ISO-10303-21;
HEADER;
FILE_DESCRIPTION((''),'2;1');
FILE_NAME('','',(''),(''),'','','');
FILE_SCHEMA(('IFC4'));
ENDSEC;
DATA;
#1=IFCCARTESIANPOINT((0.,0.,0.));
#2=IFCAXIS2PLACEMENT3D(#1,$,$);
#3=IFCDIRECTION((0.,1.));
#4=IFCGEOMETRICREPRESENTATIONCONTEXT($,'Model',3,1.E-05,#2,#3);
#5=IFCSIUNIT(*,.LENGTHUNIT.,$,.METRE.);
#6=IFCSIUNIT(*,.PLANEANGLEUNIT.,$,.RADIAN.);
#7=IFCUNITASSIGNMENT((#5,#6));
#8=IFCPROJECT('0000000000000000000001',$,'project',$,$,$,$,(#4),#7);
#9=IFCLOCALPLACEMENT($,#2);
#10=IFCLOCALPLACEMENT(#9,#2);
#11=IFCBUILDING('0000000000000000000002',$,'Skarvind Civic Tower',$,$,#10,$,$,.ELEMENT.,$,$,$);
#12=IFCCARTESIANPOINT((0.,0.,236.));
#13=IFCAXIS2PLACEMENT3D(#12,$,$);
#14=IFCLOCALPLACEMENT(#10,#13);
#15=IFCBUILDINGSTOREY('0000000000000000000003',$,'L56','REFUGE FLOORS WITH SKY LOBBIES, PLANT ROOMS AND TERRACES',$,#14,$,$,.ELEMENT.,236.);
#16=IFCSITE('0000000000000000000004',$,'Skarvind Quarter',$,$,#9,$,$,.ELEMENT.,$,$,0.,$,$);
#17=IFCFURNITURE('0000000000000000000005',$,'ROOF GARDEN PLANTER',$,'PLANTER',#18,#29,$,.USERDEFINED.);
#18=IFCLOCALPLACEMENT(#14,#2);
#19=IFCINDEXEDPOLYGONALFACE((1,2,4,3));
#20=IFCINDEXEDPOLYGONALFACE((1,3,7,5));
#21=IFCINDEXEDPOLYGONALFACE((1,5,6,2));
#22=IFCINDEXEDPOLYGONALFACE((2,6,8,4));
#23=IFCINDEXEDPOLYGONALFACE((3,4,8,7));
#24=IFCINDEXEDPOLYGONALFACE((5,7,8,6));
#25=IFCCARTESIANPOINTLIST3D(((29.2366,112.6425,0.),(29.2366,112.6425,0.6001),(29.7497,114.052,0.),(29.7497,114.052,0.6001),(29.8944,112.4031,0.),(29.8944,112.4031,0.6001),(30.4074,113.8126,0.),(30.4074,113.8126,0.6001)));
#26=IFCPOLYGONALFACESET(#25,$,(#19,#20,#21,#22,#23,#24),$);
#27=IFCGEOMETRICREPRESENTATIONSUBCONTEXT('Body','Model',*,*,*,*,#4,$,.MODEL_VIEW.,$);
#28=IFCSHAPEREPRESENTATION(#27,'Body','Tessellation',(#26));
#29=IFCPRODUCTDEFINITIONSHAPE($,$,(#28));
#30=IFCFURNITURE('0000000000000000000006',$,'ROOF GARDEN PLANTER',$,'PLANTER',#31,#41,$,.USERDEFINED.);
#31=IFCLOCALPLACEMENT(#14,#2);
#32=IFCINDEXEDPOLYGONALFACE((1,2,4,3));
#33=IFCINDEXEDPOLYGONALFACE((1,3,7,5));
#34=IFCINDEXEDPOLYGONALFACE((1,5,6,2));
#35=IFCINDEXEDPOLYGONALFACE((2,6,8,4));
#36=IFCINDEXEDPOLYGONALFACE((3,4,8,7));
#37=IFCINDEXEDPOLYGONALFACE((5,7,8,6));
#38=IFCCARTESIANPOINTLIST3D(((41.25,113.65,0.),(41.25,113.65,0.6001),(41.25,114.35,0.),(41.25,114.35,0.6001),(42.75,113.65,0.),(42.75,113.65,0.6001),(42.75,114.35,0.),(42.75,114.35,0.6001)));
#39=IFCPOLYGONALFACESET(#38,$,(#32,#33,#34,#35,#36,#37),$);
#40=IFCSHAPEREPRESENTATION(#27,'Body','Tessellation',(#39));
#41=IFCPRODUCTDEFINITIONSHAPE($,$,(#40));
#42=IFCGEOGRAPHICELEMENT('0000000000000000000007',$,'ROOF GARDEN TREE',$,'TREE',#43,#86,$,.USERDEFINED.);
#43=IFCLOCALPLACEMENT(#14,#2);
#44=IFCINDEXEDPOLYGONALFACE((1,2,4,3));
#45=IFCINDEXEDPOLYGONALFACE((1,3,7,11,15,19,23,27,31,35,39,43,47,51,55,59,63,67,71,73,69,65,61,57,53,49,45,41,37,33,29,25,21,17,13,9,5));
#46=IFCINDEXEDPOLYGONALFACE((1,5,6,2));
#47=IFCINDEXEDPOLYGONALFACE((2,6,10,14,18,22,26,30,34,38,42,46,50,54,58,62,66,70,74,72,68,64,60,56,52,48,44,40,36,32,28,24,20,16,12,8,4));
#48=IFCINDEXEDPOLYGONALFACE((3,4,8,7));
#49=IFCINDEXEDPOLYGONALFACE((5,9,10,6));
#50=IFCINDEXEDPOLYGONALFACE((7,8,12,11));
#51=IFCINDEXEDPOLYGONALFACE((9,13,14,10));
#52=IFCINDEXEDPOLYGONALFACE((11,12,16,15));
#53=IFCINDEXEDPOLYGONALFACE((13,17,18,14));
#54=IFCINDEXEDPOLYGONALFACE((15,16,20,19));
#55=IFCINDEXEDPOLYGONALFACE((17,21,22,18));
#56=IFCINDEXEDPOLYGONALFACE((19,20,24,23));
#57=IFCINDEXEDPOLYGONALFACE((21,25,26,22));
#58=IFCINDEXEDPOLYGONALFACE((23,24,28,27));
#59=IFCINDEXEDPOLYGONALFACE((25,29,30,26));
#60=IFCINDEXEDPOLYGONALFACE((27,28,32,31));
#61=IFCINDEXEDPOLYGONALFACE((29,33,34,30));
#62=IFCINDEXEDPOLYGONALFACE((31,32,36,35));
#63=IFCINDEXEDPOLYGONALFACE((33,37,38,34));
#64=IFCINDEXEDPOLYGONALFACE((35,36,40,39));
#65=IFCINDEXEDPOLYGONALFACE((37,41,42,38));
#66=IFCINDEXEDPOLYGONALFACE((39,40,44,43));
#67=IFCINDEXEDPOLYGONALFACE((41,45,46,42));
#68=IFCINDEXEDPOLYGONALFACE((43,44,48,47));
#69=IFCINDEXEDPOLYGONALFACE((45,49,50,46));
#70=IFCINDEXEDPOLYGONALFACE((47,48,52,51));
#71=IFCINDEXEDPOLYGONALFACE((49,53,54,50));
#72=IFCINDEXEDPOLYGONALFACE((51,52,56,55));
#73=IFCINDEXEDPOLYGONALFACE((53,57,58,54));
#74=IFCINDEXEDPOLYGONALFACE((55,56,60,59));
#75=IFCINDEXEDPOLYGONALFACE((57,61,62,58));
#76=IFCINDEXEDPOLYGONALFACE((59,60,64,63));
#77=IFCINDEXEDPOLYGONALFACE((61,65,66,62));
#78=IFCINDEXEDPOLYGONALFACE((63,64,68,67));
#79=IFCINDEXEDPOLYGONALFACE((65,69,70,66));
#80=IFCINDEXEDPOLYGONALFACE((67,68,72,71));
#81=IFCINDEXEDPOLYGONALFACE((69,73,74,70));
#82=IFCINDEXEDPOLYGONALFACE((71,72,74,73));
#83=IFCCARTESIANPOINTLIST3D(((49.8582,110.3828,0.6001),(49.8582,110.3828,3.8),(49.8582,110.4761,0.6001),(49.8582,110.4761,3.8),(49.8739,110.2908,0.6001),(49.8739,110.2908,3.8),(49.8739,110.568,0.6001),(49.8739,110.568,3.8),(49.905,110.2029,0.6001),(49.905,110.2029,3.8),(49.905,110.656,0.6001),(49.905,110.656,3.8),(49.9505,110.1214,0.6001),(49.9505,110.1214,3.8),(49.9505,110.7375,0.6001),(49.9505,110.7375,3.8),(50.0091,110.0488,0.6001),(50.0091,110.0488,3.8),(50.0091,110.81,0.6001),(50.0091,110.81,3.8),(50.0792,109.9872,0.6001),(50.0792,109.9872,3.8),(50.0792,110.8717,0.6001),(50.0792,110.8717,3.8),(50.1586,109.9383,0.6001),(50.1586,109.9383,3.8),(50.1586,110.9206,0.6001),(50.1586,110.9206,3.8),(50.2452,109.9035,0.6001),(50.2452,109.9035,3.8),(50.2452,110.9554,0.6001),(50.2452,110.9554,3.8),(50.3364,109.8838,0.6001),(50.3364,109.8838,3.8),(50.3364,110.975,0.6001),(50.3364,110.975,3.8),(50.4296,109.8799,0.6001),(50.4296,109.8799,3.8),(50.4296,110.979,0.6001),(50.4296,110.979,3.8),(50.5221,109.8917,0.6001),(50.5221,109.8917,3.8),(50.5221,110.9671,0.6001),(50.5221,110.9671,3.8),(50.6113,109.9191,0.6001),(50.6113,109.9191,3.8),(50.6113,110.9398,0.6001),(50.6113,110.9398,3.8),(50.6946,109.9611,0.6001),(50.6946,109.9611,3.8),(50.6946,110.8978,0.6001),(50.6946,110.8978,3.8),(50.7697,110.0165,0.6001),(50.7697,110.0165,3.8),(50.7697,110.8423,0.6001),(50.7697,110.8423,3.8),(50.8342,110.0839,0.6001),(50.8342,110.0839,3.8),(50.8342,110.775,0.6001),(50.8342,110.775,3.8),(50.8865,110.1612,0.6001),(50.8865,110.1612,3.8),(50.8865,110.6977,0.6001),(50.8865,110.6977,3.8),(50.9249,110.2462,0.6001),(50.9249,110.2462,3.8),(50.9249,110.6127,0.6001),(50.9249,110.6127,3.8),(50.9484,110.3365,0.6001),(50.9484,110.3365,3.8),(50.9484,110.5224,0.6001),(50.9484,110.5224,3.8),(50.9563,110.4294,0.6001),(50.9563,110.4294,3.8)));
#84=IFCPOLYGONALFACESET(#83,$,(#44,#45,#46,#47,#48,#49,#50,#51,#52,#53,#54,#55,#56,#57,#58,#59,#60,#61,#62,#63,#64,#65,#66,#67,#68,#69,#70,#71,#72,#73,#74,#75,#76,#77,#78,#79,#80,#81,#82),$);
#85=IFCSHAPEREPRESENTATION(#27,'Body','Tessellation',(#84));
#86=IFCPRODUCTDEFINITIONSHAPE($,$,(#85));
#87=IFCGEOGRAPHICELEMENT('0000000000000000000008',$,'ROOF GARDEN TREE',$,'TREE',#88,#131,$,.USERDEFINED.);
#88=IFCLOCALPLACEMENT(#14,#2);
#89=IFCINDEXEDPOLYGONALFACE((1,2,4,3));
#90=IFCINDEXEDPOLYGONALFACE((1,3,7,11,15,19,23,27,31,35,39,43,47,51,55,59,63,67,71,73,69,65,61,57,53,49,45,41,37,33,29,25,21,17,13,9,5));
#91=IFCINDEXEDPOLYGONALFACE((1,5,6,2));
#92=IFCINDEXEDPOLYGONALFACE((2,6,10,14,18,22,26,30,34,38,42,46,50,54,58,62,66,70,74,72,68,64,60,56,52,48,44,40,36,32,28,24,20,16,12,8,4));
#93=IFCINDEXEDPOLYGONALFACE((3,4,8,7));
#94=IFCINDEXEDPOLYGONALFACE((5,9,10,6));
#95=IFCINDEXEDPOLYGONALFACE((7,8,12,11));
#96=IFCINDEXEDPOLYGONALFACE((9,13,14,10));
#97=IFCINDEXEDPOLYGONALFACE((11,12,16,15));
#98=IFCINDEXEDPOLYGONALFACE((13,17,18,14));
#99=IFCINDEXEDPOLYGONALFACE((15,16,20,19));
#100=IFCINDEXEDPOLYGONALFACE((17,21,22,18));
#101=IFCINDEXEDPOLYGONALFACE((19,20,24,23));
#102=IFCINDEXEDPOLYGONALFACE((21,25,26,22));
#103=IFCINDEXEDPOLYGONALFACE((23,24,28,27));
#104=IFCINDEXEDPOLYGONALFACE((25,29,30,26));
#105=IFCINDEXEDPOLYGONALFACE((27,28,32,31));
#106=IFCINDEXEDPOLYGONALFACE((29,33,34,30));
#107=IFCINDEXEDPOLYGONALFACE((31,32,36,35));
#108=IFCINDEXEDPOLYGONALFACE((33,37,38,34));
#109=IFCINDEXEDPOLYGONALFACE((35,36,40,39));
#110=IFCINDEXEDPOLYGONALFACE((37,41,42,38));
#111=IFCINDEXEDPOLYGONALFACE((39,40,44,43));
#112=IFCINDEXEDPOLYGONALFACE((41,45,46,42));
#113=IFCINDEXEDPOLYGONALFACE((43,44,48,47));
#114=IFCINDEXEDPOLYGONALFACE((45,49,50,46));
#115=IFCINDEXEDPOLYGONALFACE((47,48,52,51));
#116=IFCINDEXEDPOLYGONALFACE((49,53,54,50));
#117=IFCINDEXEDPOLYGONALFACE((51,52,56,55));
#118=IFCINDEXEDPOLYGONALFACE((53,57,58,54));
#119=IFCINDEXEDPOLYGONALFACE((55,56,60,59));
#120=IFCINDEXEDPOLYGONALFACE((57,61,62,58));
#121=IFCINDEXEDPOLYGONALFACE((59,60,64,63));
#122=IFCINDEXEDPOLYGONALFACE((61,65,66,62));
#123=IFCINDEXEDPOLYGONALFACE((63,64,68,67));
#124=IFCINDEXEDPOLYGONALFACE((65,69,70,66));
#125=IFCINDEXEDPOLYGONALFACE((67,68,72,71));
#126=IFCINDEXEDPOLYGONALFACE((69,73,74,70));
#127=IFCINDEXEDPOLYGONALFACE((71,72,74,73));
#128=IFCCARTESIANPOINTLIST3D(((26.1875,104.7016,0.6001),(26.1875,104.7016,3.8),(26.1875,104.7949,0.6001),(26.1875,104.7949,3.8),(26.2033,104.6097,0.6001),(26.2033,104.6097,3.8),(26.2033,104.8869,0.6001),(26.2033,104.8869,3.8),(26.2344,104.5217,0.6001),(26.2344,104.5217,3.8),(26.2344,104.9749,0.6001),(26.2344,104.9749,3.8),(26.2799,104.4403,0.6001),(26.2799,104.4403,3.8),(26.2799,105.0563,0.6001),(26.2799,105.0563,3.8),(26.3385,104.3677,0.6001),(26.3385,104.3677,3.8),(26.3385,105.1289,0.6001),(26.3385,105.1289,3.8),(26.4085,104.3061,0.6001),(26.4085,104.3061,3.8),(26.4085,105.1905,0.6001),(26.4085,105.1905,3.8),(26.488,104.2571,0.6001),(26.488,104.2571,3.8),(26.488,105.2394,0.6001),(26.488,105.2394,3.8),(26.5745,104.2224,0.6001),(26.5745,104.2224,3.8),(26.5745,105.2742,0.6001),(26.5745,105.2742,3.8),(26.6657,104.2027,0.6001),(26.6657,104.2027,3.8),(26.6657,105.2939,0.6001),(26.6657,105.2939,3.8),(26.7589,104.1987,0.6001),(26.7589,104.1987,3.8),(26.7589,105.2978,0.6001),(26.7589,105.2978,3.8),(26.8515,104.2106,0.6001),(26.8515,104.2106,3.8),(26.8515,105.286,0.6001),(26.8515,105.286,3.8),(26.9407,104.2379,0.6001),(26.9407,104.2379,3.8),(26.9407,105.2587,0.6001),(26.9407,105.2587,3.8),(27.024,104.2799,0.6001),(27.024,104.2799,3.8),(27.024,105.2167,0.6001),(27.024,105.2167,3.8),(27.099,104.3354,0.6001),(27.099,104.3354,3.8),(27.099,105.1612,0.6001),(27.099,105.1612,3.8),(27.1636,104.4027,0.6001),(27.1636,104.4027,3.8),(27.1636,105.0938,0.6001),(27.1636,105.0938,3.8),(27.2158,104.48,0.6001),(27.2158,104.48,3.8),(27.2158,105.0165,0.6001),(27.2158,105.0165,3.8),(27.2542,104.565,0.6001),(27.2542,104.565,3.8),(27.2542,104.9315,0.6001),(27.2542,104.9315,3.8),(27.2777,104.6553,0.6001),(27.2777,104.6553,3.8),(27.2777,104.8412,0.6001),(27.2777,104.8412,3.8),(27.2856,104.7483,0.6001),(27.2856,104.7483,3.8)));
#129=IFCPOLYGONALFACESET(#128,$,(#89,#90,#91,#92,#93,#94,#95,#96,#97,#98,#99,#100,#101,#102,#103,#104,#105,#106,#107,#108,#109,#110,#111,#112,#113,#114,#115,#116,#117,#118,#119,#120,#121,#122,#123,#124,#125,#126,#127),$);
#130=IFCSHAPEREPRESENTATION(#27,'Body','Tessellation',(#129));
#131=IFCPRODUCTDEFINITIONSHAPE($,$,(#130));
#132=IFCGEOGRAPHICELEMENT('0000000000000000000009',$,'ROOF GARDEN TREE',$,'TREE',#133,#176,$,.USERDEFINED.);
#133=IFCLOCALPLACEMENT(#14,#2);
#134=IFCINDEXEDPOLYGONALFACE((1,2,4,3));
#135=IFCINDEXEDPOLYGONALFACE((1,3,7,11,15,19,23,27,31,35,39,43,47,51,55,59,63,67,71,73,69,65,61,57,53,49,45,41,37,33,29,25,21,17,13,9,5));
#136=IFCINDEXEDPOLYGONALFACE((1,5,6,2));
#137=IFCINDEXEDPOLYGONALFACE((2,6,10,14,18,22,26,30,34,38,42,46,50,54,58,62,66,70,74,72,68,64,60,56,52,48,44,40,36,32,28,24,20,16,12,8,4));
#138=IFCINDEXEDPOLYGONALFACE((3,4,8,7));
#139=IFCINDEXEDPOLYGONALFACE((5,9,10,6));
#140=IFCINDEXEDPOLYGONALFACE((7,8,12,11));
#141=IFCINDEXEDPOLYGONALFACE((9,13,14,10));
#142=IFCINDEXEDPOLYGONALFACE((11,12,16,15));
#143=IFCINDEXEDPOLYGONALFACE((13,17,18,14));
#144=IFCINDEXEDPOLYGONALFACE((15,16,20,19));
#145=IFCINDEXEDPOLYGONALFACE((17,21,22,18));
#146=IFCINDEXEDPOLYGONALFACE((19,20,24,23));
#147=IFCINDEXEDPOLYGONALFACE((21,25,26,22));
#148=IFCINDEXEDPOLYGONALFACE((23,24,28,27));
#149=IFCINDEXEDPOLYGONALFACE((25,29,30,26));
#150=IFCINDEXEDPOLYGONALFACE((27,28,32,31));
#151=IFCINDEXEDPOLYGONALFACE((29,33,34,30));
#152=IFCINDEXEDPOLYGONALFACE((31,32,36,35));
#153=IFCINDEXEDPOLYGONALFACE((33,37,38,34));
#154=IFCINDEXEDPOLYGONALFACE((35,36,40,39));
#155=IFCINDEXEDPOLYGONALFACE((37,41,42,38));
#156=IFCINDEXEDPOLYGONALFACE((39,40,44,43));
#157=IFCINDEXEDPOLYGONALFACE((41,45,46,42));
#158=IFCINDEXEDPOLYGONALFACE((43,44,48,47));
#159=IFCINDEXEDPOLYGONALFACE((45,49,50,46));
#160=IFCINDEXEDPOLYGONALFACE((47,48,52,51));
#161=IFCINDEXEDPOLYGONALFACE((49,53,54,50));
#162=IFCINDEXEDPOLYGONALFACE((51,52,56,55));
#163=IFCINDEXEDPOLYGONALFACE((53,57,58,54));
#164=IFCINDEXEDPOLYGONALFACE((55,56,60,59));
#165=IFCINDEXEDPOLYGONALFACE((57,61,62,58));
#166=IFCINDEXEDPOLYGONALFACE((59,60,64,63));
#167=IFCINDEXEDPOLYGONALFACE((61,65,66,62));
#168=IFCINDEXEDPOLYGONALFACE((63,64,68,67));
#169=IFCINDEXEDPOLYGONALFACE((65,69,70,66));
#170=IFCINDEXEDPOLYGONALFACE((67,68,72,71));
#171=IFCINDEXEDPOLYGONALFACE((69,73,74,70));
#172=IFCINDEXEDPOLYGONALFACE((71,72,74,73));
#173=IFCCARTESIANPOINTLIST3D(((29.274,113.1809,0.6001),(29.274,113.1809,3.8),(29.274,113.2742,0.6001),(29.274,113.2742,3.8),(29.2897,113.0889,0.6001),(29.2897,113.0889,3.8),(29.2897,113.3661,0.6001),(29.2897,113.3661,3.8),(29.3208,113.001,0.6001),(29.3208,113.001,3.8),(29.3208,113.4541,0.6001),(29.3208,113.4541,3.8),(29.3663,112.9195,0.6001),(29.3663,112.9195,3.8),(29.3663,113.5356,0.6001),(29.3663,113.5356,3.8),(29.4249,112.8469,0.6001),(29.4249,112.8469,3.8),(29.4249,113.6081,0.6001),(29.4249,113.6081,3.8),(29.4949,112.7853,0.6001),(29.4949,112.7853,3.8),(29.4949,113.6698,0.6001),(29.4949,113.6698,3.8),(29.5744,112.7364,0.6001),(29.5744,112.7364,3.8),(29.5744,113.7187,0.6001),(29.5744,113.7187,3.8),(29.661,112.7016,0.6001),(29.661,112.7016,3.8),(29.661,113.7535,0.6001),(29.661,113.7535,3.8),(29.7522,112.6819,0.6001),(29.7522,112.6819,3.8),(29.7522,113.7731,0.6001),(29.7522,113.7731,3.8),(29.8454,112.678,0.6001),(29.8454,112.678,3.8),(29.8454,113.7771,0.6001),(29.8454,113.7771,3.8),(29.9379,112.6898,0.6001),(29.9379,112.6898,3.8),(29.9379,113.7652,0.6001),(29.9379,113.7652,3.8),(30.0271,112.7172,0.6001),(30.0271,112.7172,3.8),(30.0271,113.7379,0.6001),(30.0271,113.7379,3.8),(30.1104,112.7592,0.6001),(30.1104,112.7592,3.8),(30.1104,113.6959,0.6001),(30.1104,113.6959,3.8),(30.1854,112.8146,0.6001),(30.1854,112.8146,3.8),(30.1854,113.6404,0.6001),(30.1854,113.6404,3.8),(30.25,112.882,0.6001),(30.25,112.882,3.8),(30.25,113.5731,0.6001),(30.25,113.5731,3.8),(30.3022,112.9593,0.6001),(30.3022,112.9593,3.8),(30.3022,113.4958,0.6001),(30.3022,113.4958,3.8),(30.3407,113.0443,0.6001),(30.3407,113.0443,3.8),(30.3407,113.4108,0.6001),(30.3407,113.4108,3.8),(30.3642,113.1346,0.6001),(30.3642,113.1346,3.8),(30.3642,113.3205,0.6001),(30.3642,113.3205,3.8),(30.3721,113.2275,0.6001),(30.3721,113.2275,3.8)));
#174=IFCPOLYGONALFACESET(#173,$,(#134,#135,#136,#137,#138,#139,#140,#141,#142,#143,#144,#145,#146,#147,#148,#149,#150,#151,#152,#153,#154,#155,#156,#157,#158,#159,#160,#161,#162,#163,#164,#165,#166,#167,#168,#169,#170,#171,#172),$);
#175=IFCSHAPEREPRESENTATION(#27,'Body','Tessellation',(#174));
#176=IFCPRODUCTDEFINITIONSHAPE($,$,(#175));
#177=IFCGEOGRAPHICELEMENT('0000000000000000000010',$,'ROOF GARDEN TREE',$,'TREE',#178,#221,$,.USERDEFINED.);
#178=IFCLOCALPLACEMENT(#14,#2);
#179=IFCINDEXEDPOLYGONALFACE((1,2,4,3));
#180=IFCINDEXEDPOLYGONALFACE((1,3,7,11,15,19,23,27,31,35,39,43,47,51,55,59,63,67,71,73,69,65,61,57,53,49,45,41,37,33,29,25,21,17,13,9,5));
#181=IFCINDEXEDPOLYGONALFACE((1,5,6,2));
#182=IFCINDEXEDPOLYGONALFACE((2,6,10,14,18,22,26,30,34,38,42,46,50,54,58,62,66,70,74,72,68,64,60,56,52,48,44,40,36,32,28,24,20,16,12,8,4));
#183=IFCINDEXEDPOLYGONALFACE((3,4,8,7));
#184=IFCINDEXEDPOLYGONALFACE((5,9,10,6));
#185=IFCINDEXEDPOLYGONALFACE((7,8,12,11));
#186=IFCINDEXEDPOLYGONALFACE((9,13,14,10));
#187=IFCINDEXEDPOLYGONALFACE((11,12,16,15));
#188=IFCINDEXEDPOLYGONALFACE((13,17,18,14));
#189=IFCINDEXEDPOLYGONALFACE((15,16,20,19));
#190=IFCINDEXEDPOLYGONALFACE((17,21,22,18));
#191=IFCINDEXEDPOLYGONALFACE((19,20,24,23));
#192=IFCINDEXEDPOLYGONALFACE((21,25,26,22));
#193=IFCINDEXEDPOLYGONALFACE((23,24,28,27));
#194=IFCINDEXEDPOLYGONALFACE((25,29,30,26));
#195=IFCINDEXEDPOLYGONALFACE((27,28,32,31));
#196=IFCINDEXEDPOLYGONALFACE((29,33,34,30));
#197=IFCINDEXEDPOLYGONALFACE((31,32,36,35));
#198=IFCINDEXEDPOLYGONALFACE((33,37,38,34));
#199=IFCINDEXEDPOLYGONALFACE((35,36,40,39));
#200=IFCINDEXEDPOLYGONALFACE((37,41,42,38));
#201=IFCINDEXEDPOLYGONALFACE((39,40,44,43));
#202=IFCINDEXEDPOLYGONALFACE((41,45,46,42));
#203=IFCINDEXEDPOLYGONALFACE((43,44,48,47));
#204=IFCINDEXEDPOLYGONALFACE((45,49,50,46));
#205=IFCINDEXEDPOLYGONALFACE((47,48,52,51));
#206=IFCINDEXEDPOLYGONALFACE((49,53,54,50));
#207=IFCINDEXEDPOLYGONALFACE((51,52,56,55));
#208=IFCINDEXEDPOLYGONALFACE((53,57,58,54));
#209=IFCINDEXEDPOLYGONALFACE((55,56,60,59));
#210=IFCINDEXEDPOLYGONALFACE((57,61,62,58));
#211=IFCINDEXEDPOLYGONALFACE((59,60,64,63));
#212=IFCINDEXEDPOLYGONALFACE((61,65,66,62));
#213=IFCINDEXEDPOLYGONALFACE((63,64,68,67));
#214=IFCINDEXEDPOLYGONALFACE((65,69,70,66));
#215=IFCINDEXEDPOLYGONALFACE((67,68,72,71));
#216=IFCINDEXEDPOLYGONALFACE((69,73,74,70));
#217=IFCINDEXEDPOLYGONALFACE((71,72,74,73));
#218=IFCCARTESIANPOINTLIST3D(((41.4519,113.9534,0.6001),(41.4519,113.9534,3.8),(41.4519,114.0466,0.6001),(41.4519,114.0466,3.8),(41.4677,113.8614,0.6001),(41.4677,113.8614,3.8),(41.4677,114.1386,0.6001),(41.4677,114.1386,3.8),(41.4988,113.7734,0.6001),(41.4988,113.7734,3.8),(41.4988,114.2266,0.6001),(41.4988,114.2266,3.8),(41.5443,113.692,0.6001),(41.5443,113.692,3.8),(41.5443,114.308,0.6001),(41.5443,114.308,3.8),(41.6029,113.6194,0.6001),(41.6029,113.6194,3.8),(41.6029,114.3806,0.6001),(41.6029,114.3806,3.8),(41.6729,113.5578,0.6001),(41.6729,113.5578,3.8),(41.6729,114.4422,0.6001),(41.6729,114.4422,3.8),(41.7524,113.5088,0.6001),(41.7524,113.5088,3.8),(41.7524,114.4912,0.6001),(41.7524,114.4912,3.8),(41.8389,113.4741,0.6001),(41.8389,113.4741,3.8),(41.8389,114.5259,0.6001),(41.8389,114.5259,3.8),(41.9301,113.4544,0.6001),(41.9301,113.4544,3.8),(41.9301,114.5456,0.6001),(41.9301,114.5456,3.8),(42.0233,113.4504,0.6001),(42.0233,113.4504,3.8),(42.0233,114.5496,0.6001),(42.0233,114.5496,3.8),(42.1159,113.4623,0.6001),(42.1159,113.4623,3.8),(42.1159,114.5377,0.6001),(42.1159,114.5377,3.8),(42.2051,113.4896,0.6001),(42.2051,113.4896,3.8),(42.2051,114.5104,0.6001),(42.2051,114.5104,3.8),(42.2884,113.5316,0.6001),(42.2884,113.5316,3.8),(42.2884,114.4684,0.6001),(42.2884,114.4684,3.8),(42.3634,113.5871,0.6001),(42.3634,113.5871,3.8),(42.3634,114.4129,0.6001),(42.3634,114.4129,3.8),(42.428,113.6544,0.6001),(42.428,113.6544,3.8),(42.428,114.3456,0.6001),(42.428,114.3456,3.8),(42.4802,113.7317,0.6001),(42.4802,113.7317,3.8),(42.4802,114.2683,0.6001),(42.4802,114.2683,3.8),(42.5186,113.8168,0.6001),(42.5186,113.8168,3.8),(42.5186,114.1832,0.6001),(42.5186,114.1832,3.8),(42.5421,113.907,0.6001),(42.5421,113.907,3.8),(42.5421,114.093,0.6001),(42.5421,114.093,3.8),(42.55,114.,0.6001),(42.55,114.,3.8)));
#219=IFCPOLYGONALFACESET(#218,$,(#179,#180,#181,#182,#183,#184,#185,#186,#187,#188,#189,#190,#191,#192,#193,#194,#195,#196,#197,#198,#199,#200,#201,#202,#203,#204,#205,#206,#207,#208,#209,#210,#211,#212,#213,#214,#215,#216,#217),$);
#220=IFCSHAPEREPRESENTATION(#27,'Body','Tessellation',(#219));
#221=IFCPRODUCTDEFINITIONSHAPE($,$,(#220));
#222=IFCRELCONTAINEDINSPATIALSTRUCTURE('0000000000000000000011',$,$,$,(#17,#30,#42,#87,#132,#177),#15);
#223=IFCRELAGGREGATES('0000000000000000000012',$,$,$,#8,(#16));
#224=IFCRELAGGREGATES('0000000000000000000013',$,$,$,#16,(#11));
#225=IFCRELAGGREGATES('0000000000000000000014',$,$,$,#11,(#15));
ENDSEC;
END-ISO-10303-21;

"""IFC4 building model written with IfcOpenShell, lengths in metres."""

from ifc_helpers import new_model, si_unit, direction, frame, origin, origin_2d, place, context, subcontext, project, spatial, rectangle, circle, extrude, element, save


model = new_model("IFC4")

# Units and contexts
model_context = context("Model", 3, precision=1e-05, world=origin(), true_north=direction((0.0, 1.0)))
body_context = subcontext(model_context, "Body", "Model", "MODEL_VIEW")
ifc_project = project(units=[si_unit("LENGTHUNIT", "METRE"), si_unit("PLANEANGLEUNIT", "RADIAN")], contexts=[model_context])

# Site, building, storey
site_placement = place(None, origin())
site = spatial("IfcSite", under=ifc_project, at=site_placement, Name="Skarvind Quarter", CompositionType="ELEMENT", RefElevation=0.0)
building_placement = place(site_placement, origin())
building = spatial("IfcBuilding", under=site, at=building_placement, Name="Skarvind Civic Tower", CompositionType="ELEMENT")
storey_placement = place(building_placement, frame((0.0, 0.0, 236.0)))
storey = spatial("IfcBuildingStorey", under=building, at=storey_placement, Name="L56", Description="REFUGE FLOORS WITH SKY LOBBIES, PLANT ROOMS AND TERRACES", CompositionType="ELEMENT", Elevation=236.0)

# Furniture
for number, where, z_axis, x_axis, name in (
    (1, (29.822, 113.2275, 0.0), (0.0, 0.0, 1.0), (0.34202, 0.939693, 0.0), "ROOF GARDEN PLANTER"),
    (2, (42.0, 114.0, 0.0), (0.0, 0.0, 1.0), (1.0, 0.0, 0.0), "ROOF GARDEN PLANTER"),
):
    element("IfcFurniture", number, at=place(storey_placement, frame(where, z_axis=z_axis, x_axis=x_axis)), inside=storey, Name=name, ObjectType="PLANTER", PredefinedType="USERDEFINED", context=body_context, shape_type="SweptSolid", body=[
        extrude(rectangle(XDim=1.5, YDim=0.7, at=origin_2d()), origin(), (0.0, 0.0, 1.0), 0.6001),
    ])

# Geographic elements
for number, where, z_axis, x_axis, name in (
    (3, (50.4062, 110.4294, 0.6001), (0.0, 0.0, 1.0), (1.0, 0.0, 0.0), "ROOF GARDEN TREE"),
    (4, (26.7356, 104.7483, 0.6001), (0.0, 0.0, 1.0), (1.0, 0.0, 0.0), "ROOF GARDEN TREE"),
    (5, (29.822, 113.2275, 0.6001), (0.0, 0.0, 1.0), (1.0, 0.0, 0.0), "ROOF GARDEN TREE"),
    (6, (42.0, 114.0, 0.6001), (0.0, 0.0, 1.0), (1.0, 0.0, 0.0), "ROOF GARDEN TREE"),
):
    element("IfcGeographicElement", number, at=place(storey_placement, frame(where, z_axis=z_axis, x_axis=x_axis)), inside=storey, Name=name, ObjectType="TREE", PredefinedType="USERDEFINED", context=body_context, shape_type="SweptSolid", body=[
        extrude(circle(Radius=0.55, at=origin_2d()), origin(), (0.0, 0.0, 1.0), 3.2),
    ])

save(model, "model.ifc")
